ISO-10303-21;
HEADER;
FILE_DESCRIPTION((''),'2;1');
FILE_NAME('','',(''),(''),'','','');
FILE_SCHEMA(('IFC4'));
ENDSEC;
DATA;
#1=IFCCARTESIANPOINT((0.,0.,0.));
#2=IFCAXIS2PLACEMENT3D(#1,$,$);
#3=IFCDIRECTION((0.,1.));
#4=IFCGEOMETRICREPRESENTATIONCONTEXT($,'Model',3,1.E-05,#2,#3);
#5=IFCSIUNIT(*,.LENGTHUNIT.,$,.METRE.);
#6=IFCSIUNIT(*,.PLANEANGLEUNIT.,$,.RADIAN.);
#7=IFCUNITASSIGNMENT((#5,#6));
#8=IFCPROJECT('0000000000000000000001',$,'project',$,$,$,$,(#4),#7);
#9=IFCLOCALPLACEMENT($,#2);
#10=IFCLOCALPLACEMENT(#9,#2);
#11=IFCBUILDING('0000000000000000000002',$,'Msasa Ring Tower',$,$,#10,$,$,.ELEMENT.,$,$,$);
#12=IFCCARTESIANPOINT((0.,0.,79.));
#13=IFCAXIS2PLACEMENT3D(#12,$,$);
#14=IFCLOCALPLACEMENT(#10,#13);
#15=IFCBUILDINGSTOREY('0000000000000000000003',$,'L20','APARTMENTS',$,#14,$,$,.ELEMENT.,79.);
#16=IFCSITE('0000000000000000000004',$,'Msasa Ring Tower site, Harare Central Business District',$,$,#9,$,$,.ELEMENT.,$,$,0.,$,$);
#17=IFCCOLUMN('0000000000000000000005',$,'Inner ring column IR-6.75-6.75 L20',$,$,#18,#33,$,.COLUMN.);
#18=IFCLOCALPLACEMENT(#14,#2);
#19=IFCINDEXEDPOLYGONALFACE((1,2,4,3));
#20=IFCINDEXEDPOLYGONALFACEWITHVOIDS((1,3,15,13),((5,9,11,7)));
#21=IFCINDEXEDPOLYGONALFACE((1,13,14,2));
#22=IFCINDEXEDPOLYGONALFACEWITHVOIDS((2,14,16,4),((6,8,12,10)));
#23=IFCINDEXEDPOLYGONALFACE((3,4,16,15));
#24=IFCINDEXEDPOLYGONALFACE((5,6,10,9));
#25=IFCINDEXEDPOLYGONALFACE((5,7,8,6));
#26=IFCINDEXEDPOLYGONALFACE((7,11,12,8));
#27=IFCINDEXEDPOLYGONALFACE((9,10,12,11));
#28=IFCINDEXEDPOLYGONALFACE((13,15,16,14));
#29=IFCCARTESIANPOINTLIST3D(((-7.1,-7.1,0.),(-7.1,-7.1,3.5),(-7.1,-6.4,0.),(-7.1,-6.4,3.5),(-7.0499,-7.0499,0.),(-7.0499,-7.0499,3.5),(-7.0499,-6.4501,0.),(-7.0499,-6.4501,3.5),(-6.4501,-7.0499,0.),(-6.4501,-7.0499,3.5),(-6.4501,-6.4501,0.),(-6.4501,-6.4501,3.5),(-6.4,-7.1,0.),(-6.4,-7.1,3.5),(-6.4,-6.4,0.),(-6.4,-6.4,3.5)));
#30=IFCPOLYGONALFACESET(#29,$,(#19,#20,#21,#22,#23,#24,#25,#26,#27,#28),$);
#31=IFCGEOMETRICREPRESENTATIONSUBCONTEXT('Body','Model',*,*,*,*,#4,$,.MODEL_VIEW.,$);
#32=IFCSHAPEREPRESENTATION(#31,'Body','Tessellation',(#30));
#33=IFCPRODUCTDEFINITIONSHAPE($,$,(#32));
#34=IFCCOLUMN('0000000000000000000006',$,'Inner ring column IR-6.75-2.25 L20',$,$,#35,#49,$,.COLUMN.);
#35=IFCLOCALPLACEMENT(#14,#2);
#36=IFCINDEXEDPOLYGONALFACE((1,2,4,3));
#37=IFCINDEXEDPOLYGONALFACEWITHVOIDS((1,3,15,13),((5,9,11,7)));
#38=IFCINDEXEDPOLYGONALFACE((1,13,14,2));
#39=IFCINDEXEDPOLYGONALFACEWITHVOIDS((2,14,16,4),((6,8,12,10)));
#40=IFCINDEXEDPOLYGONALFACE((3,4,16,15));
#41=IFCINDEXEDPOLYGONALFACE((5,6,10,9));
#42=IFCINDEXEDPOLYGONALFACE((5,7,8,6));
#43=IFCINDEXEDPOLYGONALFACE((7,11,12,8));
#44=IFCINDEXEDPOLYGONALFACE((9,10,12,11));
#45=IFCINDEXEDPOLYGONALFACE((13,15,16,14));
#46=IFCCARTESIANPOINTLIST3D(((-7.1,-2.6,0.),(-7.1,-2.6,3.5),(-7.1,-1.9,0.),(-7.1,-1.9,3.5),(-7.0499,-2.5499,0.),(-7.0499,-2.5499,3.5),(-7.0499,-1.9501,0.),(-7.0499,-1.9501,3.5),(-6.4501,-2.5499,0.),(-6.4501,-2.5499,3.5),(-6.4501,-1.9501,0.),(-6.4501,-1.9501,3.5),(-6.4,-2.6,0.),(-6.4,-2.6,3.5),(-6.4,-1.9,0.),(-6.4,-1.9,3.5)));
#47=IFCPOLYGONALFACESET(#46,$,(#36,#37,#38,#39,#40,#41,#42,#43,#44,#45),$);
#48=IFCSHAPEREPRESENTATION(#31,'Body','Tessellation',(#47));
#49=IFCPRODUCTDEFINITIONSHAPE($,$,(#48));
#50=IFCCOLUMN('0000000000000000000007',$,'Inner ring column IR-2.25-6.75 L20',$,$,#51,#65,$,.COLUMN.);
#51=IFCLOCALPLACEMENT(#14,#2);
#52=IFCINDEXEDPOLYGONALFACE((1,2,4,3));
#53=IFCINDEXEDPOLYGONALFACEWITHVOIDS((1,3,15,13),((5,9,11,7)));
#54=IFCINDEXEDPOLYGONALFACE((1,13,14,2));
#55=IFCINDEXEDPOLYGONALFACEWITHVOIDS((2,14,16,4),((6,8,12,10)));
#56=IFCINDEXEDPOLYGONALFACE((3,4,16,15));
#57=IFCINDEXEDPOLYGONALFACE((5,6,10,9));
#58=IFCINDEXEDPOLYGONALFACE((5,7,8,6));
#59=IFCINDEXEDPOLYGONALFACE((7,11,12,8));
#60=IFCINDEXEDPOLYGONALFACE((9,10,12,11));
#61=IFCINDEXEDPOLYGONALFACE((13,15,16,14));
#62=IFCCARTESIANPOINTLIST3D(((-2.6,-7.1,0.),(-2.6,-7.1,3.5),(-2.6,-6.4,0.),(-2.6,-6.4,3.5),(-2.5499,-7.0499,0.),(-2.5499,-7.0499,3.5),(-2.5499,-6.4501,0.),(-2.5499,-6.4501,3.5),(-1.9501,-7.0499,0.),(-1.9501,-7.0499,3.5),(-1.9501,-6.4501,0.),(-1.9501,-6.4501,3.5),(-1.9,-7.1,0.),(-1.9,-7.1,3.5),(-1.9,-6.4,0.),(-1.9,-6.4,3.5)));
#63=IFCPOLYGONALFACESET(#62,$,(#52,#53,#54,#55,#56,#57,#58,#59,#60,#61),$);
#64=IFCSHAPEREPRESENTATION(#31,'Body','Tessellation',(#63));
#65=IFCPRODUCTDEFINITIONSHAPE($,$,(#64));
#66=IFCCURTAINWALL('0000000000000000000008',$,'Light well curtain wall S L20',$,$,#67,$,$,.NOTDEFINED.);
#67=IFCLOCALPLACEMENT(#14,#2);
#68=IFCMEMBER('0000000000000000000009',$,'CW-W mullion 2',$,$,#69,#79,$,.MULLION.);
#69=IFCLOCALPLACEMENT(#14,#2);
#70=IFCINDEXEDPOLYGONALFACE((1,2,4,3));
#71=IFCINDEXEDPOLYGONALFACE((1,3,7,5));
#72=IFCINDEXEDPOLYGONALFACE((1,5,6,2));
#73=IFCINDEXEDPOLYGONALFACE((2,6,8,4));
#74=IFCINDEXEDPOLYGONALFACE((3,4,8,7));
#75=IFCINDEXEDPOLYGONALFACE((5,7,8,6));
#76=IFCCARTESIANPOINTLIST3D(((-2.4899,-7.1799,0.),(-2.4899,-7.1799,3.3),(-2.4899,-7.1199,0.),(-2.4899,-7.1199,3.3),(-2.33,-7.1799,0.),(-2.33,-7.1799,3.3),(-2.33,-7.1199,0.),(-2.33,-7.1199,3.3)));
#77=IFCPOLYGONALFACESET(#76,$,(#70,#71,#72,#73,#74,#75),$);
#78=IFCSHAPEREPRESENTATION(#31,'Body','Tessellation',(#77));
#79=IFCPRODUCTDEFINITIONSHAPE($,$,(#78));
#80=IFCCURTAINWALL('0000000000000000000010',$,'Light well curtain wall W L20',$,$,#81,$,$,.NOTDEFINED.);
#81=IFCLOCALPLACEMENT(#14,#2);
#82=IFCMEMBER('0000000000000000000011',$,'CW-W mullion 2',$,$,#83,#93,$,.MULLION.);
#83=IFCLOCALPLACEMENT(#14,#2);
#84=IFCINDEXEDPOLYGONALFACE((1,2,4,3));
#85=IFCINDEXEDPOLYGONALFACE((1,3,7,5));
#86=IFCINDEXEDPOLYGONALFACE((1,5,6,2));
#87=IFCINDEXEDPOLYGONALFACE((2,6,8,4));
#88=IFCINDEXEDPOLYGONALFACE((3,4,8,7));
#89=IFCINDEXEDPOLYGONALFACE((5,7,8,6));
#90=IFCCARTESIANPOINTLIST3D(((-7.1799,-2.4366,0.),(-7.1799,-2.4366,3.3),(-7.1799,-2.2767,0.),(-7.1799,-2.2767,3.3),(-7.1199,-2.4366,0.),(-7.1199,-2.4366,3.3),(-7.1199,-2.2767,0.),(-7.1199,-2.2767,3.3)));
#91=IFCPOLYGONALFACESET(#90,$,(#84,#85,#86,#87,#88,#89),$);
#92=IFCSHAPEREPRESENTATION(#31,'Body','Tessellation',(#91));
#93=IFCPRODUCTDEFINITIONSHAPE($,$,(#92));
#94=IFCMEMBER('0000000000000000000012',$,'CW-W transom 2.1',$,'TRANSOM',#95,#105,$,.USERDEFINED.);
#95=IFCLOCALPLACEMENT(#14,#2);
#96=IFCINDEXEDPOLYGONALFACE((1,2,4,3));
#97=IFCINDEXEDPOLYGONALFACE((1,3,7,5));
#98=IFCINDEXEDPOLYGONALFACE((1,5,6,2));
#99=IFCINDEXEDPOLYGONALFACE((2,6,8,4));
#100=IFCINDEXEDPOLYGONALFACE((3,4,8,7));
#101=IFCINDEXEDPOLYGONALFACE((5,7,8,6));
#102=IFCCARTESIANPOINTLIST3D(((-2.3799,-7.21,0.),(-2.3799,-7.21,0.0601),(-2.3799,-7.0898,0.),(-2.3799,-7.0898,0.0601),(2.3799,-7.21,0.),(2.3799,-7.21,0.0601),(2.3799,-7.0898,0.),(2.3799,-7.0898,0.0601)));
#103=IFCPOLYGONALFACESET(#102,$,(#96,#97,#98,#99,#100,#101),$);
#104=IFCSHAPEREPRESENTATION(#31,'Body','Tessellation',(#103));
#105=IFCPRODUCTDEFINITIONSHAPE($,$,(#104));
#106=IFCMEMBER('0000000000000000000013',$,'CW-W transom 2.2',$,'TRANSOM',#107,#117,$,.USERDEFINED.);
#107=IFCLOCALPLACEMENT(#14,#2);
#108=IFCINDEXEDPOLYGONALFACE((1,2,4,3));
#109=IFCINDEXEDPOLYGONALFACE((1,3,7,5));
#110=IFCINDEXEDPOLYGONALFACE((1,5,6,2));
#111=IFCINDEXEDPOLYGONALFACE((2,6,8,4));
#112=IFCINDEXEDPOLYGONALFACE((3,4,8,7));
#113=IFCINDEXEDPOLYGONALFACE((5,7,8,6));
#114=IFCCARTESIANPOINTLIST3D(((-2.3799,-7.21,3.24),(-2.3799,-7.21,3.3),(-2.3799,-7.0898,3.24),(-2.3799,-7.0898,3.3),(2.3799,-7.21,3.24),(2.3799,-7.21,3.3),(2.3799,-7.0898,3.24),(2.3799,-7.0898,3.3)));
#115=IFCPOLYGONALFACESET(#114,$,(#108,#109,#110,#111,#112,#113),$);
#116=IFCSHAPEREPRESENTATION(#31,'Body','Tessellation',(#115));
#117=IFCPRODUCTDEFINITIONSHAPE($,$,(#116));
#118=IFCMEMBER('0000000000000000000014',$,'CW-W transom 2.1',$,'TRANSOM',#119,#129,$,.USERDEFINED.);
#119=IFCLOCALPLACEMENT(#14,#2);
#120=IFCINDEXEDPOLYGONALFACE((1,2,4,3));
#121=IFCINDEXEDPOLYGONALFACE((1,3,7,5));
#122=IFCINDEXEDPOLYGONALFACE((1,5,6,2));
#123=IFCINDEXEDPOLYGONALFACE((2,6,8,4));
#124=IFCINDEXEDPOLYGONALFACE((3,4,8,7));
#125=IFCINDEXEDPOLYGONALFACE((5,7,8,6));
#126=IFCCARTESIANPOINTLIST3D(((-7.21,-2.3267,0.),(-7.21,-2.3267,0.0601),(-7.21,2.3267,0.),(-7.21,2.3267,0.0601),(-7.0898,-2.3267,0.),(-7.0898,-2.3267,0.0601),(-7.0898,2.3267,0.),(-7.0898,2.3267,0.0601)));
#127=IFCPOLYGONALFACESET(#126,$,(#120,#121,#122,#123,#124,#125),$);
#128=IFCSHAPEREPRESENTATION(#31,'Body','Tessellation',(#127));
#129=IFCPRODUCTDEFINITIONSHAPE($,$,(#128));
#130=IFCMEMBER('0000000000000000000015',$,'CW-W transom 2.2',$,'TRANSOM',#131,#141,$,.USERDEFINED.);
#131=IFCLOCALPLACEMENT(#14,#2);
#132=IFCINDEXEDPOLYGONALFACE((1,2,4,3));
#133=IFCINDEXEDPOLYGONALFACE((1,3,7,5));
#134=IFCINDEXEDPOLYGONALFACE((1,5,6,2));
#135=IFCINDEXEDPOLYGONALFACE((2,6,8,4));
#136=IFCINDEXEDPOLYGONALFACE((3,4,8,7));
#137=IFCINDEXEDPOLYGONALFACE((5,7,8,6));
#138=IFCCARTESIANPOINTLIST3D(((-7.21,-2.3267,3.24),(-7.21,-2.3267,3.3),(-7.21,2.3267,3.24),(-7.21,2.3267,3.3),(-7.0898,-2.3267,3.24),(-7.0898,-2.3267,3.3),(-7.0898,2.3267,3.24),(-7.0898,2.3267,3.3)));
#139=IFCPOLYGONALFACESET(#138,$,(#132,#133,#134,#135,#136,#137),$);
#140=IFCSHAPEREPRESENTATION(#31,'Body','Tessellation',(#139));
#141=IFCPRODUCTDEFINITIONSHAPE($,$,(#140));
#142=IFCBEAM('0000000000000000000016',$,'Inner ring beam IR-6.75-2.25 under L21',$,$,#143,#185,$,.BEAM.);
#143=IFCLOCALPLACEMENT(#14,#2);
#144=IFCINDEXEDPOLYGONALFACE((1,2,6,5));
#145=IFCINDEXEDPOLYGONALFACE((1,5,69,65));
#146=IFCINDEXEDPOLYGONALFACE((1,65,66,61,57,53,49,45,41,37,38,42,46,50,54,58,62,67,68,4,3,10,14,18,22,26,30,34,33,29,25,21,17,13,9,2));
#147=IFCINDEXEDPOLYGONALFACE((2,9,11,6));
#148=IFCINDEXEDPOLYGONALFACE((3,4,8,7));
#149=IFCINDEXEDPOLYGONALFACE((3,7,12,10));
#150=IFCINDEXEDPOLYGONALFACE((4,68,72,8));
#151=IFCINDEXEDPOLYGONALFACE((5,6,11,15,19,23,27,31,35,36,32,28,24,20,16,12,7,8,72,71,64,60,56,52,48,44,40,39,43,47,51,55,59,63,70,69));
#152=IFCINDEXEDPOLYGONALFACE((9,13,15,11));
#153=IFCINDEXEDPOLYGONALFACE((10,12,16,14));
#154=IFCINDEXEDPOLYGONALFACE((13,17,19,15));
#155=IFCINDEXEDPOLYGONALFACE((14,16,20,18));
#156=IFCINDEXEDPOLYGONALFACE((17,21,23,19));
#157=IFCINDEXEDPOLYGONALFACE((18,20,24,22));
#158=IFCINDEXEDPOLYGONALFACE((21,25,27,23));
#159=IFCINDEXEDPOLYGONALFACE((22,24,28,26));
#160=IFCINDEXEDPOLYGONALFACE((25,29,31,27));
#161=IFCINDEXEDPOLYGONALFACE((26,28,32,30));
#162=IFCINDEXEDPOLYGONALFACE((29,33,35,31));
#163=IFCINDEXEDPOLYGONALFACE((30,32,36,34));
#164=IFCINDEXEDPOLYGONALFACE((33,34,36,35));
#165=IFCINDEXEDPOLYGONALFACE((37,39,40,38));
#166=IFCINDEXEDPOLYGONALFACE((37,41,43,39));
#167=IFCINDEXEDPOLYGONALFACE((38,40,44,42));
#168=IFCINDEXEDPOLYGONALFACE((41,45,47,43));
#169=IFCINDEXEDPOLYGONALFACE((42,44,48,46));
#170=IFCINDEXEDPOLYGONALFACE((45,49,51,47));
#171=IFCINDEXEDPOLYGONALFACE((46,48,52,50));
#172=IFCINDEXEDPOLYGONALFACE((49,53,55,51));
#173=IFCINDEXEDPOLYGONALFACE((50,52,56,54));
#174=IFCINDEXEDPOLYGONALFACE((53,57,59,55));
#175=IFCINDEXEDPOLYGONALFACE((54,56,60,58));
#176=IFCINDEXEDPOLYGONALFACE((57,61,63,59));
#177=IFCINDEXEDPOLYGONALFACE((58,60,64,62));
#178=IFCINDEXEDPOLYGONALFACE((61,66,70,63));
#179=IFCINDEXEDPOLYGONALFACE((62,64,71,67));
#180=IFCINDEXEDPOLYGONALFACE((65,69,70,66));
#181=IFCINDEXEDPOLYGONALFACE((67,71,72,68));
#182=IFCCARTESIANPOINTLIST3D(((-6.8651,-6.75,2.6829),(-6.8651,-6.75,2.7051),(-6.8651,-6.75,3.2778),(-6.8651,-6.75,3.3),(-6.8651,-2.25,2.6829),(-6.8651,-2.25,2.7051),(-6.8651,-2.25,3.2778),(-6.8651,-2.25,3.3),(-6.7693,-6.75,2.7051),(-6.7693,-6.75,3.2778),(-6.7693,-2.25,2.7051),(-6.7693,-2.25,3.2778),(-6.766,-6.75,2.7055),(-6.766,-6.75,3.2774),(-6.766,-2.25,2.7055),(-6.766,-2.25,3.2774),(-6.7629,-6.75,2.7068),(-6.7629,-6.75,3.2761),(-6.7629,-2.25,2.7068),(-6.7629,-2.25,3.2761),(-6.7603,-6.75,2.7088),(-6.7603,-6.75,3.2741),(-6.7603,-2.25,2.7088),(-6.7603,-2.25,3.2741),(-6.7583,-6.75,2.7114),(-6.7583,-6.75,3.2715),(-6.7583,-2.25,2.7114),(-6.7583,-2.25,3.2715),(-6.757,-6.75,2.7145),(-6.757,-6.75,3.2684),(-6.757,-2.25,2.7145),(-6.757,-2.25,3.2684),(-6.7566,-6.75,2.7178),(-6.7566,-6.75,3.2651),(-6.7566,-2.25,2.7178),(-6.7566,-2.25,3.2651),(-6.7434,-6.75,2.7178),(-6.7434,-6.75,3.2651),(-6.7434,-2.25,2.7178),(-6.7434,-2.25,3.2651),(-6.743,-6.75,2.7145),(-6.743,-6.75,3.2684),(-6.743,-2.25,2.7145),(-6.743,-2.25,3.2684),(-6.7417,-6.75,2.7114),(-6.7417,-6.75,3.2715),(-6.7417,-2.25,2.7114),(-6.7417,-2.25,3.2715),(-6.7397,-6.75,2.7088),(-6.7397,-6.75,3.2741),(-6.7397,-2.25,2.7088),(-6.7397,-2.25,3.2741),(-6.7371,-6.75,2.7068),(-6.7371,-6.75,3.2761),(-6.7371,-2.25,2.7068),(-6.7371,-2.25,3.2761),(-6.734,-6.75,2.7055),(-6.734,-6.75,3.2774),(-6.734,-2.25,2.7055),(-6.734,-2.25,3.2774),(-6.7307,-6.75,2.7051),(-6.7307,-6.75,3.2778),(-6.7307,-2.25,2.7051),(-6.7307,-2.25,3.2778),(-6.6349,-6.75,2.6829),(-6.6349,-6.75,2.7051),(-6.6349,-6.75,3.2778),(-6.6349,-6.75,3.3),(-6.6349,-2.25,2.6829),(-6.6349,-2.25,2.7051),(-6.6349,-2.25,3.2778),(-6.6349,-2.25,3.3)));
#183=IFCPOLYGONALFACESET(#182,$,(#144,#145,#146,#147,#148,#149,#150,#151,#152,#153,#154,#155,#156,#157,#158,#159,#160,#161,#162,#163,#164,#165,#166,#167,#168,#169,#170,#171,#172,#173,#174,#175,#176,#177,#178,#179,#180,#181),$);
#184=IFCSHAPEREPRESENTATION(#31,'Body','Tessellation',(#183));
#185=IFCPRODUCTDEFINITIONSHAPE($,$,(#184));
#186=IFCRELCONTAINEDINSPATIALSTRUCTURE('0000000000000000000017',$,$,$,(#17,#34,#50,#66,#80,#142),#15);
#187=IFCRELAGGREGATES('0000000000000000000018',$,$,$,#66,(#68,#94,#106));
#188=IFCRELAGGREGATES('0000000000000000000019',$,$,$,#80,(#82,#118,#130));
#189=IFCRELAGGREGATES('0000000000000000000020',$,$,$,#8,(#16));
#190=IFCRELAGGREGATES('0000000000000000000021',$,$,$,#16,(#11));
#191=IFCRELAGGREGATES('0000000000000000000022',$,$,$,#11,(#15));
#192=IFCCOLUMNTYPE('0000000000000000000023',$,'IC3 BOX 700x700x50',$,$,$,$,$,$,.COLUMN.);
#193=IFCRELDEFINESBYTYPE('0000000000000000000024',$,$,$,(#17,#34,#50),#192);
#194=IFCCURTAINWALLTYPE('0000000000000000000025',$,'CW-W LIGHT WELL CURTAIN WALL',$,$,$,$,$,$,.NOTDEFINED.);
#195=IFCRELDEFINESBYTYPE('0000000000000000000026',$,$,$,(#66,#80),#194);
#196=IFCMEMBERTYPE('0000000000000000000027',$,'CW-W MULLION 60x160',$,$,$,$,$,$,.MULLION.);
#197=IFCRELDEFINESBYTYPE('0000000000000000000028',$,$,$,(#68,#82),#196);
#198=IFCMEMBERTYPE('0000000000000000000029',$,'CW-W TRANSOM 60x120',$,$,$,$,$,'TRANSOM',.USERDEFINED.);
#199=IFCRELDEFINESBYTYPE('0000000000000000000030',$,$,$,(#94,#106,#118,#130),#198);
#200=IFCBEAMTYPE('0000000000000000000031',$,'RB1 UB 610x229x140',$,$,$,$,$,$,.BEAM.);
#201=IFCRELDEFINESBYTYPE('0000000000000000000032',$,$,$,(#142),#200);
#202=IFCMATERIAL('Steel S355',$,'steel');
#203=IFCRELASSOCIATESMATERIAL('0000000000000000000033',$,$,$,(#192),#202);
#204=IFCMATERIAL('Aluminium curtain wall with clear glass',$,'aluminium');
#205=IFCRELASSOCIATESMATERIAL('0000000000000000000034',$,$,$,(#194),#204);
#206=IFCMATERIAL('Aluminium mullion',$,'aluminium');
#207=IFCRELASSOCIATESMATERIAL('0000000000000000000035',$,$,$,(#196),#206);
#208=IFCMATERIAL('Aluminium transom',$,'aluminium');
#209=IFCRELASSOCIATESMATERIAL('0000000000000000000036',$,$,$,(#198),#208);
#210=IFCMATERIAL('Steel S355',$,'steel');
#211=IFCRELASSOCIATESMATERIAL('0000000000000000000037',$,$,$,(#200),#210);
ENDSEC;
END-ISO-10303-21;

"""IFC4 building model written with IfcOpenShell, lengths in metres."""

from ifc_helpers import new_model, si_unit, direction, frame, origin, origin_2d, place, context, subcontext, project, spatial, rectangle, hollow_rectangle, i_section, extrude, material, material_profile, profile_set, type_object, element, aggregate, save


model = new_model("IFC4")

# Units and contexts
model_context = context("Model", 3, precision=1e-05, world=origin(), true_north=direction((0.0, 1.0)))
body_context = subcontext(model_context, "Body", "Model", "MODEL_VIEW")
ifc_project = project(units=[si_unit("LENGTHUNIT", "METRE"), si_unit("PLANEANGLEUNIT", "RADIAN")], contexts=[model_context])

# Site, building, storey
site_placement = place(None, origin())
site = spatial("IfcSite", under=ifc_project, at=site_placement, Name="Msasa Ring Tower site, Harare Central Business District", CompositionType="ELEMENT", RefElevation=0.0)
building_placement = place(site_placement, origin())
building = spatial("IfcBuilding", under=site, at=building_placement, Name="Msasa Ring Tower", CompositionType="ELEMENT")
storey_placement = place(building_placement, frame((0.0, 0.0, 79.0)))
storey = spatial("IfcBuildingStorey", under=building, at=storey_placement, Name="L20", Description="APARTMENTS", CompositionType="ELEMENT", Elevation=79.0)

# Columns
ifc_material_1 = material(Name="Steel S355", Category="steel")
ifc_material_profile_1 = material_profile(ifc_material_1, hollow_rectangle(XDim=0.7, YDim=0.7, WallThickness=0.05, at=origin_2d()), Name="BOX 700x700x50")
ifc_profile_set_1 = profile_set([ifc_material_profile_1], Name="Steel S355")
column_type = type_object("IfcColumnType", Name="IC3 BOX 700x700x50", PredefinedType="COLUMN", material=ifc_profile_set_1)
for number, where, z_axis, x_axis, name in (
    (1, (-6.75, -6.75, 0.0), (0.0, 0.0, 1.0), (1.0, 0.0, 0.0), "Inner ring column IR-6.75-6.75 L20"),
    (2, (-6.75, -2.25, 0.0), (0.0, 0.0, 1.0), (1.0, 0.0, 0.0), "Inner ring column IR-6.75-2.25 L20"),
    (3, (-2.25, -6.75, 0.0), (0.0, 0.0, 1.0), (1.0, 0.0, 0.0), "Inner ring column IR-2.25-6.75 L20"),
):
    element("IfcColumn", number, at=place(storey_placement, frame(where, z_axis=z_axis, x_axis=x_axis)), inside=storey, type_object=column_type, Name=name, PredefinedType="COLUMN", context=body_context, shape_type="SweptSolid", body=[
        extrude(hollow_rectangle(XDim=0.7, YDim=0.7, WallThickness=0.05, at=origin_2d()), origin(), (0.0, 0.0, 1.0), 3.5),
    ])

# Curtain walls, members
ifc_material_2 = material(Name="Aluminium curtain wall with clear glass", Category="aluminium")
curtain_wall_type = type_object("IfcCurtainWallType", Name="CW-W LIGHT WELL CURTAIN WALL", PredefinedType="NOTDEFINED", material=ifc_material_2)
curtain_wall_1_placement = place(storey_placement, origin())
curtain_wall_1 = element("IfcCurtainWall", 4, at=curtain_wall_1_placement, inside=storey, type_object=curtain_wall_type, Name="Light well curtain wall S L20", PredefinedType="NOTDEFINED")
ifc_material_3 = material(Name="Aluminium mullion", Category="aluminium")
ifc_material_profile_2 = material_profile(ifc_material_3, rectangle(XDim=0.0601, YDim=0.1599, at=origin_2d()), Name="AL 60x160")
ifc_profile_set_2 = profile_set([ifc_material_profile_2], Name="Aluminium mullion")
member_type_1 = type_object("IfcMemberType", Name="CW-W MULLION 60x160", PredefinedType="MULLION", material=ifc_profile_set_2)
member_1_placement = place(storey_placement, frame((-2.4099, -7.1499, 0.0), z_axis=(0.0, 0.0, 1.0), x_axis=(0.0, 1.0, 0.0)))
member_1 = element("IfcMember", 5, at=member_1_placement, type_object=member_type_1, Name="CW-W mullion 2", PredefinedType="MULLION", context=body_context, shape_type="SweptSolid", body=[
    extrude(rectangle(XDim=0.0601, YDim=0.1599, at=origin_2d()), origin(), (0.0, 0.0, 1.0), 3.3),
])
curtain_wall_2_placement = place(storey_placement, origin())
curtain_wall_2 = element("IfcCurtainWall", 6, at=curtain_wall_2_placement, inside=storey, type_object=curtain_wall_type, Name="Light well curtain wall W L20", PredefinedType="NOTDEFINED")
member_2_placement = place(storey_placement, frame((-7.1499, -2.3567, 0.0), z_axis=(0.0, 0.0, 1.0), x_axis=(-1.0, 0.0, 0.0)))
member_2 = element("IfcMember", 7, at=member_2_placement, type_object=member_type_1, Name="CW-W mullion 2", PredefinedType="MULLION", context=body_context, shape_type="SweptSolid", body=[
    extrude(rectangle(XDim=0.0601, YDim=0.1599, at=origin_2d()), origin(), (0.0, 0.0, 1.0), 3.3),
])

# Members
ifc_material_4 = material(Name="Aluminium transom", Category="aluminium")
ifc_material_profile_3 = material_profile(ifc_material_4, rectangle(XDim=0.1201, YDim=0.0601, at=origin_2d()), Name="AL 60x120")
ifc_profile_set_3 = profile_set([ifc_material_profile_3], Name="Aluminium transom")
member_type_2 = type_object("IfcMemberType", Name="CW-W TRANSOM 60x120", ElementType="TRANSOM", PredefinedType="USERDEFINED", material=ifc_profile_set_3)
member_3_placement = place(storey_placement, frame((-2.3799, -7.1499, 0.03), z_axis=(1.0, 0.0, 0.0), x_axis=(0.0, 1.0, 0.0)))
member_3 = element("IfcMember", 8, at=member_3_placement, type_object=member_type_2, Name="CW-W transom 2.1", ObjectType="TRANSOM", PredefinedType="USERDEFINED", context=body_context, shape_type="SweptSolid", body=[
    extrude(rectangle(XDim=0.1201, YDim=0.0601, at=origin_2d()), origin(), (0.0, 0.0, 1.0), 4.7598),
])
member_4_placement = place(storey_placement, frame((-2.3799, -7.1499, 3.27), z_axis=(1.0, 0.0, 0.0), x_axis=(0.0, 1.0, 0.0)))
member_4 = element("IfcMember", 9, at=member_4_placement, type_object=member_type_2, Name="CW-W transom 2.2", ObjectType="TRANSOM", PredefinedType="USERDEFINED", context=body_context, shape_type="SweptSolid", body=[
    extrude(rectangle(XDim=0.1201, YDim=0.0601, at=origin_2d()), origin(), (0.0, 0.0, 1.0), 4.7598),
])
member_5_placement = place(storey_placement, frame((-7.1499, -2.3267, 0.03), z_axis=(0.0, 1.0, 0.0), x_axis=(-1.0, 0.0, 0.0)))
member_5 = element("IfcMember", 10, at=member_5_placement, type_object=member_type_2, Name="CW-W transom 2.1", ObjectType="TRANSOM", PredefinedType="USERDEFINED", context=body_context, shape_type="SweptSolid", body=[
    extrude(rectangle(XDim=0.1201, YDim=0.0601, at=origin_2d()), origin(), (0.0, 0.0, 1.0), 4.6533),
])
member_6_placement = place(storey_placement, frame((-7.1499, -2.3267, 3.27), z_axis=(0.0, 1.0, 0.0), x_axis=(-1.0, 0.0, 0.0)))
member_6 = element("IfcMember", 11, at=member_6_placement, type_object=member_type_2, Name="CW-W transom 2.2", ObjectType="TRANSOM", PredefinedType="USERDEFINED", context=body_context, shape_type="SweptSolid", body=[
    extrude(rectangle(XDim=0.1201, YDim=0.0601, at=origin_2d()), origin(), (0.0, 0.0, 1.0), 4.6533),
])

# Beam
ifc_material_5 = material(Name="Steel S355", Category="steel")
ifc_material_profile_4 = material_profile(ifc_material_5, i_section(OverallWidth=0.2302, OverallDepth=0.6172, WebThickness=0.0132, FlangeThickness=0.0222, FilletRadius=0.0127, at=origin_2d()), Name="UB 610x229x140")
ifc_profile_set_4 = profile_set([ifc_material_profile_4], Name="Steel S355")
beam_type = type_object("IfcBeamType", Name="RB1 UB 610x229x140", PredefinedType="BEAM", material=ifc_profile_set_4)
for number, where, z_axis, x_axis, name in (
    (12, (-6.75, -2.25, 2.9915), (0.0, -1.0, 0.0), (1.0, 0.0, 0.0), "Inner ring beam IR-6.75-2.25 under L21"),
):
    element("IfcBeam", number, at=place(storey_placement, frame(where, z_axis=z_axis, x_axis=x_axis)), inside=storey, type_object=beam_type, Name=name, PredefinedType="BEAM", context=body_context, shape_type="SweptSolid", body=[
        extrude(i_section(OverallWidth=0.2302, OverallDepth=0.6172, WebThickness=0.0132, FlangeThickness=0.0222, FilletRadius=0.0127, at=origin_2d()), origin(), (0.0, 0.0, 1.0), 4.5),
    ])

aggregate(curtain_wall_1, [member_1, member_3, member_4])
aggregate(curtain_wall_2, [member_2, member_5, member_6])

save(model, "model.ifc")
